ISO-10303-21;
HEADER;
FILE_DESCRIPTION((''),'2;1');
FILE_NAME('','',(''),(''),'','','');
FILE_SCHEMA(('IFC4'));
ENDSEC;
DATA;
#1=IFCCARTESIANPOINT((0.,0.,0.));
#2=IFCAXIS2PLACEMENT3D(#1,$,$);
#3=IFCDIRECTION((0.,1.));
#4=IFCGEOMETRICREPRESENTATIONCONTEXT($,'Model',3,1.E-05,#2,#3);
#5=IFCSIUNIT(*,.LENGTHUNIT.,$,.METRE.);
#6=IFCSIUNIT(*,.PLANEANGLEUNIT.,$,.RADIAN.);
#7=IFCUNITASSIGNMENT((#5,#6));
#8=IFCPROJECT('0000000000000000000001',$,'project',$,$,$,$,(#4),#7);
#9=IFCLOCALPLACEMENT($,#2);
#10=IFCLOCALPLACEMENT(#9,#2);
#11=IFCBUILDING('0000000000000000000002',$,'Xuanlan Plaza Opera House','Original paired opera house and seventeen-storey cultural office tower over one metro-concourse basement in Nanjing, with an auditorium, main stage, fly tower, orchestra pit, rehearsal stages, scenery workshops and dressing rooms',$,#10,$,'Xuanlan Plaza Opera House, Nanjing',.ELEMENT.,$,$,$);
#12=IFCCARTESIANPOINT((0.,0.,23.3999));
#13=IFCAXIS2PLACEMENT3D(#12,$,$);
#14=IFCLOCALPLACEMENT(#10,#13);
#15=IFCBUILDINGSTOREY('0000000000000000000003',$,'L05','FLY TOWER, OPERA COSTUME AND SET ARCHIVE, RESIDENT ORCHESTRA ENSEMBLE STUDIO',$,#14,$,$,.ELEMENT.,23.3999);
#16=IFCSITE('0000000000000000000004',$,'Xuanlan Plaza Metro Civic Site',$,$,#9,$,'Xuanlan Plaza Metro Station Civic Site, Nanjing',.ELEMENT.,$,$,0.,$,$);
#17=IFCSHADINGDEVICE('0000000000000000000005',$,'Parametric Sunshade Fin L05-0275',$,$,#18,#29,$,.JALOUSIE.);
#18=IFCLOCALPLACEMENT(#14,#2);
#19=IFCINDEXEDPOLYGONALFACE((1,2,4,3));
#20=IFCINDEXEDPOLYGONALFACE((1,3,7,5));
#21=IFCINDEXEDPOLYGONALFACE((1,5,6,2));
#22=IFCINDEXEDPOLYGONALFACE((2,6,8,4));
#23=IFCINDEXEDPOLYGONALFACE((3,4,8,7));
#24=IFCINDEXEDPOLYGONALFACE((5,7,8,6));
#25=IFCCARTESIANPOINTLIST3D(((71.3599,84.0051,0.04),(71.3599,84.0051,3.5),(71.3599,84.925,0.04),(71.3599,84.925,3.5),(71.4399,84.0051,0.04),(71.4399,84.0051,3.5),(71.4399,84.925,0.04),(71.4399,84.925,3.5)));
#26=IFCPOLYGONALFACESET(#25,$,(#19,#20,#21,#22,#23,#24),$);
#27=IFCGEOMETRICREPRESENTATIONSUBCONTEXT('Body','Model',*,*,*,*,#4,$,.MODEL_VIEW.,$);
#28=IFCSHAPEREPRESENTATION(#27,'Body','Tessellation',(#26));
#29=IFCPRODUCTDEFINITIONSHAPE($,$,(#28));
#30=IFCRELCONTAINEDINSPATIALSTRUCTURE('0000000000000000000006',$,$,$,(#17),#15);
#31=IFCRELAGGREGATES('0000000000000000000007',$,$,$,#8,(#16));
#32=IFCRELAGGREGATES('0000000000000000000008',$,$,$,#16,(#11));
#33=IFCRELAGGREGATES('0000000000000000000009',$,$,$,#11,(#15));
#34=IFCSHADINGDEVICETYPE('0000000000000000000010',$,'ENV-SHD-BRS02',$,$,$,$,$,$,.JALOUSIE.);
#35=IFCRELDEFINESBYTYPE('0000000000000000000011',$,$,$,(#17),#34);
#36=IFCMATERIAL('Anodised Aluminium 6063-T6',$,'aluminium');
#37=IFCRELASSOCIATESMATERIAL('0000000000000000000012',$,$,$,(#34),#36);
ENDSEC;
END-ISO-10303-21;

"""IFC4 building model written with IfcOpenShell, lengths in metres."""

from ifc_helpers import new_model, si_unit, direction, frame, origin, origin_2d, place, context, subcontext, project, spatial, rectangle, extrude, material, type_object, element, save


model = new_model("IFC4")

# Units and contexts
model_context = context("Model", 3, precision=1e-05, world=origin(), true_north=direction((0.0, 1.0)))
body_context = subcontext(model_context, "Body", "Model", "MODEL_VIEW")
ifc_project = project(units=[si_unit("LENGTHUNIT", "METRE"), si_unit("PLANEANGLEUNIT", "RADIAN")], contexts=[model_context])

# Site, building, storey
site_placement = place(None, origin())
site = spatial("IfcSite", under=ifc_project, at=site_placement, Name="Xuanlan Plaza Metro Civic Site", LongName="Xuanlan Plaza Metro Station Civic Site, Nanjing", CompositionType="ELEMENT", RefElevation=0.0)
building_placement = place(site_placement, origin())
building = spatial("IfcBuilding", under=site, at=building_placement, Name="Xuanlan Plaza Opera House", Description="Original paired opera house and seventeen-storey cultural office tower over one metro-concourse basement in Nanjing, with an auditorium, main stage, fly tower, orchestra pit, rehearsal stages, scenery workshops and dressing rooms", LongName="Xuanlan Plaza Opera House, Nanjing", CompositionType="ELEMENT")
storey_placement = place(building_placement, frame((0.0, 0.0, 23.3999)))
storey = spatial("IfcBuildingStorey", under=building, at=storey_placement, Name="L05", Description="FLY TOWER, OPERA COSTUME AND SET ARCHIVE, RESIDENT ORCHESTRA ENSEMBLE STUDIO", CompositionType="ELEMENT", Elevation=23.3999)

# Shared definitions
ifc_material_1 = material(Name="Anodised Aluminium 6063-T6", Category="aluminium")

# Shading device
shading_device_type = type_object("IfcShadingDeviceType", Name="ENV-SHD-BRS02", PredefinedType="JALOUSIE", material=ifc_material_1)
shading_device_placement = place(storey_placement, frame((71.3999, 84.4651, 0.04), z_axis=(0.0, 0.0, 1.0), x_axis=(0.0, 1.0, 0.0)))
element("IfcShadingDevice", 1, at=shading_device_placement, inside=storey, type_object=shading_device_type, Name="Parametric Sunshade Fin L05-0275", PredefinedType="JALOUSIE", context=body_context, shape_type="SweptSolid", body=[
    extrude(rectangle(XDim=0.9199, YDim=0.0801, at=origin_2d()), origin(), (0.0, 0.0, 1.0), 3.46),
])

save(model, "model.ifc")
